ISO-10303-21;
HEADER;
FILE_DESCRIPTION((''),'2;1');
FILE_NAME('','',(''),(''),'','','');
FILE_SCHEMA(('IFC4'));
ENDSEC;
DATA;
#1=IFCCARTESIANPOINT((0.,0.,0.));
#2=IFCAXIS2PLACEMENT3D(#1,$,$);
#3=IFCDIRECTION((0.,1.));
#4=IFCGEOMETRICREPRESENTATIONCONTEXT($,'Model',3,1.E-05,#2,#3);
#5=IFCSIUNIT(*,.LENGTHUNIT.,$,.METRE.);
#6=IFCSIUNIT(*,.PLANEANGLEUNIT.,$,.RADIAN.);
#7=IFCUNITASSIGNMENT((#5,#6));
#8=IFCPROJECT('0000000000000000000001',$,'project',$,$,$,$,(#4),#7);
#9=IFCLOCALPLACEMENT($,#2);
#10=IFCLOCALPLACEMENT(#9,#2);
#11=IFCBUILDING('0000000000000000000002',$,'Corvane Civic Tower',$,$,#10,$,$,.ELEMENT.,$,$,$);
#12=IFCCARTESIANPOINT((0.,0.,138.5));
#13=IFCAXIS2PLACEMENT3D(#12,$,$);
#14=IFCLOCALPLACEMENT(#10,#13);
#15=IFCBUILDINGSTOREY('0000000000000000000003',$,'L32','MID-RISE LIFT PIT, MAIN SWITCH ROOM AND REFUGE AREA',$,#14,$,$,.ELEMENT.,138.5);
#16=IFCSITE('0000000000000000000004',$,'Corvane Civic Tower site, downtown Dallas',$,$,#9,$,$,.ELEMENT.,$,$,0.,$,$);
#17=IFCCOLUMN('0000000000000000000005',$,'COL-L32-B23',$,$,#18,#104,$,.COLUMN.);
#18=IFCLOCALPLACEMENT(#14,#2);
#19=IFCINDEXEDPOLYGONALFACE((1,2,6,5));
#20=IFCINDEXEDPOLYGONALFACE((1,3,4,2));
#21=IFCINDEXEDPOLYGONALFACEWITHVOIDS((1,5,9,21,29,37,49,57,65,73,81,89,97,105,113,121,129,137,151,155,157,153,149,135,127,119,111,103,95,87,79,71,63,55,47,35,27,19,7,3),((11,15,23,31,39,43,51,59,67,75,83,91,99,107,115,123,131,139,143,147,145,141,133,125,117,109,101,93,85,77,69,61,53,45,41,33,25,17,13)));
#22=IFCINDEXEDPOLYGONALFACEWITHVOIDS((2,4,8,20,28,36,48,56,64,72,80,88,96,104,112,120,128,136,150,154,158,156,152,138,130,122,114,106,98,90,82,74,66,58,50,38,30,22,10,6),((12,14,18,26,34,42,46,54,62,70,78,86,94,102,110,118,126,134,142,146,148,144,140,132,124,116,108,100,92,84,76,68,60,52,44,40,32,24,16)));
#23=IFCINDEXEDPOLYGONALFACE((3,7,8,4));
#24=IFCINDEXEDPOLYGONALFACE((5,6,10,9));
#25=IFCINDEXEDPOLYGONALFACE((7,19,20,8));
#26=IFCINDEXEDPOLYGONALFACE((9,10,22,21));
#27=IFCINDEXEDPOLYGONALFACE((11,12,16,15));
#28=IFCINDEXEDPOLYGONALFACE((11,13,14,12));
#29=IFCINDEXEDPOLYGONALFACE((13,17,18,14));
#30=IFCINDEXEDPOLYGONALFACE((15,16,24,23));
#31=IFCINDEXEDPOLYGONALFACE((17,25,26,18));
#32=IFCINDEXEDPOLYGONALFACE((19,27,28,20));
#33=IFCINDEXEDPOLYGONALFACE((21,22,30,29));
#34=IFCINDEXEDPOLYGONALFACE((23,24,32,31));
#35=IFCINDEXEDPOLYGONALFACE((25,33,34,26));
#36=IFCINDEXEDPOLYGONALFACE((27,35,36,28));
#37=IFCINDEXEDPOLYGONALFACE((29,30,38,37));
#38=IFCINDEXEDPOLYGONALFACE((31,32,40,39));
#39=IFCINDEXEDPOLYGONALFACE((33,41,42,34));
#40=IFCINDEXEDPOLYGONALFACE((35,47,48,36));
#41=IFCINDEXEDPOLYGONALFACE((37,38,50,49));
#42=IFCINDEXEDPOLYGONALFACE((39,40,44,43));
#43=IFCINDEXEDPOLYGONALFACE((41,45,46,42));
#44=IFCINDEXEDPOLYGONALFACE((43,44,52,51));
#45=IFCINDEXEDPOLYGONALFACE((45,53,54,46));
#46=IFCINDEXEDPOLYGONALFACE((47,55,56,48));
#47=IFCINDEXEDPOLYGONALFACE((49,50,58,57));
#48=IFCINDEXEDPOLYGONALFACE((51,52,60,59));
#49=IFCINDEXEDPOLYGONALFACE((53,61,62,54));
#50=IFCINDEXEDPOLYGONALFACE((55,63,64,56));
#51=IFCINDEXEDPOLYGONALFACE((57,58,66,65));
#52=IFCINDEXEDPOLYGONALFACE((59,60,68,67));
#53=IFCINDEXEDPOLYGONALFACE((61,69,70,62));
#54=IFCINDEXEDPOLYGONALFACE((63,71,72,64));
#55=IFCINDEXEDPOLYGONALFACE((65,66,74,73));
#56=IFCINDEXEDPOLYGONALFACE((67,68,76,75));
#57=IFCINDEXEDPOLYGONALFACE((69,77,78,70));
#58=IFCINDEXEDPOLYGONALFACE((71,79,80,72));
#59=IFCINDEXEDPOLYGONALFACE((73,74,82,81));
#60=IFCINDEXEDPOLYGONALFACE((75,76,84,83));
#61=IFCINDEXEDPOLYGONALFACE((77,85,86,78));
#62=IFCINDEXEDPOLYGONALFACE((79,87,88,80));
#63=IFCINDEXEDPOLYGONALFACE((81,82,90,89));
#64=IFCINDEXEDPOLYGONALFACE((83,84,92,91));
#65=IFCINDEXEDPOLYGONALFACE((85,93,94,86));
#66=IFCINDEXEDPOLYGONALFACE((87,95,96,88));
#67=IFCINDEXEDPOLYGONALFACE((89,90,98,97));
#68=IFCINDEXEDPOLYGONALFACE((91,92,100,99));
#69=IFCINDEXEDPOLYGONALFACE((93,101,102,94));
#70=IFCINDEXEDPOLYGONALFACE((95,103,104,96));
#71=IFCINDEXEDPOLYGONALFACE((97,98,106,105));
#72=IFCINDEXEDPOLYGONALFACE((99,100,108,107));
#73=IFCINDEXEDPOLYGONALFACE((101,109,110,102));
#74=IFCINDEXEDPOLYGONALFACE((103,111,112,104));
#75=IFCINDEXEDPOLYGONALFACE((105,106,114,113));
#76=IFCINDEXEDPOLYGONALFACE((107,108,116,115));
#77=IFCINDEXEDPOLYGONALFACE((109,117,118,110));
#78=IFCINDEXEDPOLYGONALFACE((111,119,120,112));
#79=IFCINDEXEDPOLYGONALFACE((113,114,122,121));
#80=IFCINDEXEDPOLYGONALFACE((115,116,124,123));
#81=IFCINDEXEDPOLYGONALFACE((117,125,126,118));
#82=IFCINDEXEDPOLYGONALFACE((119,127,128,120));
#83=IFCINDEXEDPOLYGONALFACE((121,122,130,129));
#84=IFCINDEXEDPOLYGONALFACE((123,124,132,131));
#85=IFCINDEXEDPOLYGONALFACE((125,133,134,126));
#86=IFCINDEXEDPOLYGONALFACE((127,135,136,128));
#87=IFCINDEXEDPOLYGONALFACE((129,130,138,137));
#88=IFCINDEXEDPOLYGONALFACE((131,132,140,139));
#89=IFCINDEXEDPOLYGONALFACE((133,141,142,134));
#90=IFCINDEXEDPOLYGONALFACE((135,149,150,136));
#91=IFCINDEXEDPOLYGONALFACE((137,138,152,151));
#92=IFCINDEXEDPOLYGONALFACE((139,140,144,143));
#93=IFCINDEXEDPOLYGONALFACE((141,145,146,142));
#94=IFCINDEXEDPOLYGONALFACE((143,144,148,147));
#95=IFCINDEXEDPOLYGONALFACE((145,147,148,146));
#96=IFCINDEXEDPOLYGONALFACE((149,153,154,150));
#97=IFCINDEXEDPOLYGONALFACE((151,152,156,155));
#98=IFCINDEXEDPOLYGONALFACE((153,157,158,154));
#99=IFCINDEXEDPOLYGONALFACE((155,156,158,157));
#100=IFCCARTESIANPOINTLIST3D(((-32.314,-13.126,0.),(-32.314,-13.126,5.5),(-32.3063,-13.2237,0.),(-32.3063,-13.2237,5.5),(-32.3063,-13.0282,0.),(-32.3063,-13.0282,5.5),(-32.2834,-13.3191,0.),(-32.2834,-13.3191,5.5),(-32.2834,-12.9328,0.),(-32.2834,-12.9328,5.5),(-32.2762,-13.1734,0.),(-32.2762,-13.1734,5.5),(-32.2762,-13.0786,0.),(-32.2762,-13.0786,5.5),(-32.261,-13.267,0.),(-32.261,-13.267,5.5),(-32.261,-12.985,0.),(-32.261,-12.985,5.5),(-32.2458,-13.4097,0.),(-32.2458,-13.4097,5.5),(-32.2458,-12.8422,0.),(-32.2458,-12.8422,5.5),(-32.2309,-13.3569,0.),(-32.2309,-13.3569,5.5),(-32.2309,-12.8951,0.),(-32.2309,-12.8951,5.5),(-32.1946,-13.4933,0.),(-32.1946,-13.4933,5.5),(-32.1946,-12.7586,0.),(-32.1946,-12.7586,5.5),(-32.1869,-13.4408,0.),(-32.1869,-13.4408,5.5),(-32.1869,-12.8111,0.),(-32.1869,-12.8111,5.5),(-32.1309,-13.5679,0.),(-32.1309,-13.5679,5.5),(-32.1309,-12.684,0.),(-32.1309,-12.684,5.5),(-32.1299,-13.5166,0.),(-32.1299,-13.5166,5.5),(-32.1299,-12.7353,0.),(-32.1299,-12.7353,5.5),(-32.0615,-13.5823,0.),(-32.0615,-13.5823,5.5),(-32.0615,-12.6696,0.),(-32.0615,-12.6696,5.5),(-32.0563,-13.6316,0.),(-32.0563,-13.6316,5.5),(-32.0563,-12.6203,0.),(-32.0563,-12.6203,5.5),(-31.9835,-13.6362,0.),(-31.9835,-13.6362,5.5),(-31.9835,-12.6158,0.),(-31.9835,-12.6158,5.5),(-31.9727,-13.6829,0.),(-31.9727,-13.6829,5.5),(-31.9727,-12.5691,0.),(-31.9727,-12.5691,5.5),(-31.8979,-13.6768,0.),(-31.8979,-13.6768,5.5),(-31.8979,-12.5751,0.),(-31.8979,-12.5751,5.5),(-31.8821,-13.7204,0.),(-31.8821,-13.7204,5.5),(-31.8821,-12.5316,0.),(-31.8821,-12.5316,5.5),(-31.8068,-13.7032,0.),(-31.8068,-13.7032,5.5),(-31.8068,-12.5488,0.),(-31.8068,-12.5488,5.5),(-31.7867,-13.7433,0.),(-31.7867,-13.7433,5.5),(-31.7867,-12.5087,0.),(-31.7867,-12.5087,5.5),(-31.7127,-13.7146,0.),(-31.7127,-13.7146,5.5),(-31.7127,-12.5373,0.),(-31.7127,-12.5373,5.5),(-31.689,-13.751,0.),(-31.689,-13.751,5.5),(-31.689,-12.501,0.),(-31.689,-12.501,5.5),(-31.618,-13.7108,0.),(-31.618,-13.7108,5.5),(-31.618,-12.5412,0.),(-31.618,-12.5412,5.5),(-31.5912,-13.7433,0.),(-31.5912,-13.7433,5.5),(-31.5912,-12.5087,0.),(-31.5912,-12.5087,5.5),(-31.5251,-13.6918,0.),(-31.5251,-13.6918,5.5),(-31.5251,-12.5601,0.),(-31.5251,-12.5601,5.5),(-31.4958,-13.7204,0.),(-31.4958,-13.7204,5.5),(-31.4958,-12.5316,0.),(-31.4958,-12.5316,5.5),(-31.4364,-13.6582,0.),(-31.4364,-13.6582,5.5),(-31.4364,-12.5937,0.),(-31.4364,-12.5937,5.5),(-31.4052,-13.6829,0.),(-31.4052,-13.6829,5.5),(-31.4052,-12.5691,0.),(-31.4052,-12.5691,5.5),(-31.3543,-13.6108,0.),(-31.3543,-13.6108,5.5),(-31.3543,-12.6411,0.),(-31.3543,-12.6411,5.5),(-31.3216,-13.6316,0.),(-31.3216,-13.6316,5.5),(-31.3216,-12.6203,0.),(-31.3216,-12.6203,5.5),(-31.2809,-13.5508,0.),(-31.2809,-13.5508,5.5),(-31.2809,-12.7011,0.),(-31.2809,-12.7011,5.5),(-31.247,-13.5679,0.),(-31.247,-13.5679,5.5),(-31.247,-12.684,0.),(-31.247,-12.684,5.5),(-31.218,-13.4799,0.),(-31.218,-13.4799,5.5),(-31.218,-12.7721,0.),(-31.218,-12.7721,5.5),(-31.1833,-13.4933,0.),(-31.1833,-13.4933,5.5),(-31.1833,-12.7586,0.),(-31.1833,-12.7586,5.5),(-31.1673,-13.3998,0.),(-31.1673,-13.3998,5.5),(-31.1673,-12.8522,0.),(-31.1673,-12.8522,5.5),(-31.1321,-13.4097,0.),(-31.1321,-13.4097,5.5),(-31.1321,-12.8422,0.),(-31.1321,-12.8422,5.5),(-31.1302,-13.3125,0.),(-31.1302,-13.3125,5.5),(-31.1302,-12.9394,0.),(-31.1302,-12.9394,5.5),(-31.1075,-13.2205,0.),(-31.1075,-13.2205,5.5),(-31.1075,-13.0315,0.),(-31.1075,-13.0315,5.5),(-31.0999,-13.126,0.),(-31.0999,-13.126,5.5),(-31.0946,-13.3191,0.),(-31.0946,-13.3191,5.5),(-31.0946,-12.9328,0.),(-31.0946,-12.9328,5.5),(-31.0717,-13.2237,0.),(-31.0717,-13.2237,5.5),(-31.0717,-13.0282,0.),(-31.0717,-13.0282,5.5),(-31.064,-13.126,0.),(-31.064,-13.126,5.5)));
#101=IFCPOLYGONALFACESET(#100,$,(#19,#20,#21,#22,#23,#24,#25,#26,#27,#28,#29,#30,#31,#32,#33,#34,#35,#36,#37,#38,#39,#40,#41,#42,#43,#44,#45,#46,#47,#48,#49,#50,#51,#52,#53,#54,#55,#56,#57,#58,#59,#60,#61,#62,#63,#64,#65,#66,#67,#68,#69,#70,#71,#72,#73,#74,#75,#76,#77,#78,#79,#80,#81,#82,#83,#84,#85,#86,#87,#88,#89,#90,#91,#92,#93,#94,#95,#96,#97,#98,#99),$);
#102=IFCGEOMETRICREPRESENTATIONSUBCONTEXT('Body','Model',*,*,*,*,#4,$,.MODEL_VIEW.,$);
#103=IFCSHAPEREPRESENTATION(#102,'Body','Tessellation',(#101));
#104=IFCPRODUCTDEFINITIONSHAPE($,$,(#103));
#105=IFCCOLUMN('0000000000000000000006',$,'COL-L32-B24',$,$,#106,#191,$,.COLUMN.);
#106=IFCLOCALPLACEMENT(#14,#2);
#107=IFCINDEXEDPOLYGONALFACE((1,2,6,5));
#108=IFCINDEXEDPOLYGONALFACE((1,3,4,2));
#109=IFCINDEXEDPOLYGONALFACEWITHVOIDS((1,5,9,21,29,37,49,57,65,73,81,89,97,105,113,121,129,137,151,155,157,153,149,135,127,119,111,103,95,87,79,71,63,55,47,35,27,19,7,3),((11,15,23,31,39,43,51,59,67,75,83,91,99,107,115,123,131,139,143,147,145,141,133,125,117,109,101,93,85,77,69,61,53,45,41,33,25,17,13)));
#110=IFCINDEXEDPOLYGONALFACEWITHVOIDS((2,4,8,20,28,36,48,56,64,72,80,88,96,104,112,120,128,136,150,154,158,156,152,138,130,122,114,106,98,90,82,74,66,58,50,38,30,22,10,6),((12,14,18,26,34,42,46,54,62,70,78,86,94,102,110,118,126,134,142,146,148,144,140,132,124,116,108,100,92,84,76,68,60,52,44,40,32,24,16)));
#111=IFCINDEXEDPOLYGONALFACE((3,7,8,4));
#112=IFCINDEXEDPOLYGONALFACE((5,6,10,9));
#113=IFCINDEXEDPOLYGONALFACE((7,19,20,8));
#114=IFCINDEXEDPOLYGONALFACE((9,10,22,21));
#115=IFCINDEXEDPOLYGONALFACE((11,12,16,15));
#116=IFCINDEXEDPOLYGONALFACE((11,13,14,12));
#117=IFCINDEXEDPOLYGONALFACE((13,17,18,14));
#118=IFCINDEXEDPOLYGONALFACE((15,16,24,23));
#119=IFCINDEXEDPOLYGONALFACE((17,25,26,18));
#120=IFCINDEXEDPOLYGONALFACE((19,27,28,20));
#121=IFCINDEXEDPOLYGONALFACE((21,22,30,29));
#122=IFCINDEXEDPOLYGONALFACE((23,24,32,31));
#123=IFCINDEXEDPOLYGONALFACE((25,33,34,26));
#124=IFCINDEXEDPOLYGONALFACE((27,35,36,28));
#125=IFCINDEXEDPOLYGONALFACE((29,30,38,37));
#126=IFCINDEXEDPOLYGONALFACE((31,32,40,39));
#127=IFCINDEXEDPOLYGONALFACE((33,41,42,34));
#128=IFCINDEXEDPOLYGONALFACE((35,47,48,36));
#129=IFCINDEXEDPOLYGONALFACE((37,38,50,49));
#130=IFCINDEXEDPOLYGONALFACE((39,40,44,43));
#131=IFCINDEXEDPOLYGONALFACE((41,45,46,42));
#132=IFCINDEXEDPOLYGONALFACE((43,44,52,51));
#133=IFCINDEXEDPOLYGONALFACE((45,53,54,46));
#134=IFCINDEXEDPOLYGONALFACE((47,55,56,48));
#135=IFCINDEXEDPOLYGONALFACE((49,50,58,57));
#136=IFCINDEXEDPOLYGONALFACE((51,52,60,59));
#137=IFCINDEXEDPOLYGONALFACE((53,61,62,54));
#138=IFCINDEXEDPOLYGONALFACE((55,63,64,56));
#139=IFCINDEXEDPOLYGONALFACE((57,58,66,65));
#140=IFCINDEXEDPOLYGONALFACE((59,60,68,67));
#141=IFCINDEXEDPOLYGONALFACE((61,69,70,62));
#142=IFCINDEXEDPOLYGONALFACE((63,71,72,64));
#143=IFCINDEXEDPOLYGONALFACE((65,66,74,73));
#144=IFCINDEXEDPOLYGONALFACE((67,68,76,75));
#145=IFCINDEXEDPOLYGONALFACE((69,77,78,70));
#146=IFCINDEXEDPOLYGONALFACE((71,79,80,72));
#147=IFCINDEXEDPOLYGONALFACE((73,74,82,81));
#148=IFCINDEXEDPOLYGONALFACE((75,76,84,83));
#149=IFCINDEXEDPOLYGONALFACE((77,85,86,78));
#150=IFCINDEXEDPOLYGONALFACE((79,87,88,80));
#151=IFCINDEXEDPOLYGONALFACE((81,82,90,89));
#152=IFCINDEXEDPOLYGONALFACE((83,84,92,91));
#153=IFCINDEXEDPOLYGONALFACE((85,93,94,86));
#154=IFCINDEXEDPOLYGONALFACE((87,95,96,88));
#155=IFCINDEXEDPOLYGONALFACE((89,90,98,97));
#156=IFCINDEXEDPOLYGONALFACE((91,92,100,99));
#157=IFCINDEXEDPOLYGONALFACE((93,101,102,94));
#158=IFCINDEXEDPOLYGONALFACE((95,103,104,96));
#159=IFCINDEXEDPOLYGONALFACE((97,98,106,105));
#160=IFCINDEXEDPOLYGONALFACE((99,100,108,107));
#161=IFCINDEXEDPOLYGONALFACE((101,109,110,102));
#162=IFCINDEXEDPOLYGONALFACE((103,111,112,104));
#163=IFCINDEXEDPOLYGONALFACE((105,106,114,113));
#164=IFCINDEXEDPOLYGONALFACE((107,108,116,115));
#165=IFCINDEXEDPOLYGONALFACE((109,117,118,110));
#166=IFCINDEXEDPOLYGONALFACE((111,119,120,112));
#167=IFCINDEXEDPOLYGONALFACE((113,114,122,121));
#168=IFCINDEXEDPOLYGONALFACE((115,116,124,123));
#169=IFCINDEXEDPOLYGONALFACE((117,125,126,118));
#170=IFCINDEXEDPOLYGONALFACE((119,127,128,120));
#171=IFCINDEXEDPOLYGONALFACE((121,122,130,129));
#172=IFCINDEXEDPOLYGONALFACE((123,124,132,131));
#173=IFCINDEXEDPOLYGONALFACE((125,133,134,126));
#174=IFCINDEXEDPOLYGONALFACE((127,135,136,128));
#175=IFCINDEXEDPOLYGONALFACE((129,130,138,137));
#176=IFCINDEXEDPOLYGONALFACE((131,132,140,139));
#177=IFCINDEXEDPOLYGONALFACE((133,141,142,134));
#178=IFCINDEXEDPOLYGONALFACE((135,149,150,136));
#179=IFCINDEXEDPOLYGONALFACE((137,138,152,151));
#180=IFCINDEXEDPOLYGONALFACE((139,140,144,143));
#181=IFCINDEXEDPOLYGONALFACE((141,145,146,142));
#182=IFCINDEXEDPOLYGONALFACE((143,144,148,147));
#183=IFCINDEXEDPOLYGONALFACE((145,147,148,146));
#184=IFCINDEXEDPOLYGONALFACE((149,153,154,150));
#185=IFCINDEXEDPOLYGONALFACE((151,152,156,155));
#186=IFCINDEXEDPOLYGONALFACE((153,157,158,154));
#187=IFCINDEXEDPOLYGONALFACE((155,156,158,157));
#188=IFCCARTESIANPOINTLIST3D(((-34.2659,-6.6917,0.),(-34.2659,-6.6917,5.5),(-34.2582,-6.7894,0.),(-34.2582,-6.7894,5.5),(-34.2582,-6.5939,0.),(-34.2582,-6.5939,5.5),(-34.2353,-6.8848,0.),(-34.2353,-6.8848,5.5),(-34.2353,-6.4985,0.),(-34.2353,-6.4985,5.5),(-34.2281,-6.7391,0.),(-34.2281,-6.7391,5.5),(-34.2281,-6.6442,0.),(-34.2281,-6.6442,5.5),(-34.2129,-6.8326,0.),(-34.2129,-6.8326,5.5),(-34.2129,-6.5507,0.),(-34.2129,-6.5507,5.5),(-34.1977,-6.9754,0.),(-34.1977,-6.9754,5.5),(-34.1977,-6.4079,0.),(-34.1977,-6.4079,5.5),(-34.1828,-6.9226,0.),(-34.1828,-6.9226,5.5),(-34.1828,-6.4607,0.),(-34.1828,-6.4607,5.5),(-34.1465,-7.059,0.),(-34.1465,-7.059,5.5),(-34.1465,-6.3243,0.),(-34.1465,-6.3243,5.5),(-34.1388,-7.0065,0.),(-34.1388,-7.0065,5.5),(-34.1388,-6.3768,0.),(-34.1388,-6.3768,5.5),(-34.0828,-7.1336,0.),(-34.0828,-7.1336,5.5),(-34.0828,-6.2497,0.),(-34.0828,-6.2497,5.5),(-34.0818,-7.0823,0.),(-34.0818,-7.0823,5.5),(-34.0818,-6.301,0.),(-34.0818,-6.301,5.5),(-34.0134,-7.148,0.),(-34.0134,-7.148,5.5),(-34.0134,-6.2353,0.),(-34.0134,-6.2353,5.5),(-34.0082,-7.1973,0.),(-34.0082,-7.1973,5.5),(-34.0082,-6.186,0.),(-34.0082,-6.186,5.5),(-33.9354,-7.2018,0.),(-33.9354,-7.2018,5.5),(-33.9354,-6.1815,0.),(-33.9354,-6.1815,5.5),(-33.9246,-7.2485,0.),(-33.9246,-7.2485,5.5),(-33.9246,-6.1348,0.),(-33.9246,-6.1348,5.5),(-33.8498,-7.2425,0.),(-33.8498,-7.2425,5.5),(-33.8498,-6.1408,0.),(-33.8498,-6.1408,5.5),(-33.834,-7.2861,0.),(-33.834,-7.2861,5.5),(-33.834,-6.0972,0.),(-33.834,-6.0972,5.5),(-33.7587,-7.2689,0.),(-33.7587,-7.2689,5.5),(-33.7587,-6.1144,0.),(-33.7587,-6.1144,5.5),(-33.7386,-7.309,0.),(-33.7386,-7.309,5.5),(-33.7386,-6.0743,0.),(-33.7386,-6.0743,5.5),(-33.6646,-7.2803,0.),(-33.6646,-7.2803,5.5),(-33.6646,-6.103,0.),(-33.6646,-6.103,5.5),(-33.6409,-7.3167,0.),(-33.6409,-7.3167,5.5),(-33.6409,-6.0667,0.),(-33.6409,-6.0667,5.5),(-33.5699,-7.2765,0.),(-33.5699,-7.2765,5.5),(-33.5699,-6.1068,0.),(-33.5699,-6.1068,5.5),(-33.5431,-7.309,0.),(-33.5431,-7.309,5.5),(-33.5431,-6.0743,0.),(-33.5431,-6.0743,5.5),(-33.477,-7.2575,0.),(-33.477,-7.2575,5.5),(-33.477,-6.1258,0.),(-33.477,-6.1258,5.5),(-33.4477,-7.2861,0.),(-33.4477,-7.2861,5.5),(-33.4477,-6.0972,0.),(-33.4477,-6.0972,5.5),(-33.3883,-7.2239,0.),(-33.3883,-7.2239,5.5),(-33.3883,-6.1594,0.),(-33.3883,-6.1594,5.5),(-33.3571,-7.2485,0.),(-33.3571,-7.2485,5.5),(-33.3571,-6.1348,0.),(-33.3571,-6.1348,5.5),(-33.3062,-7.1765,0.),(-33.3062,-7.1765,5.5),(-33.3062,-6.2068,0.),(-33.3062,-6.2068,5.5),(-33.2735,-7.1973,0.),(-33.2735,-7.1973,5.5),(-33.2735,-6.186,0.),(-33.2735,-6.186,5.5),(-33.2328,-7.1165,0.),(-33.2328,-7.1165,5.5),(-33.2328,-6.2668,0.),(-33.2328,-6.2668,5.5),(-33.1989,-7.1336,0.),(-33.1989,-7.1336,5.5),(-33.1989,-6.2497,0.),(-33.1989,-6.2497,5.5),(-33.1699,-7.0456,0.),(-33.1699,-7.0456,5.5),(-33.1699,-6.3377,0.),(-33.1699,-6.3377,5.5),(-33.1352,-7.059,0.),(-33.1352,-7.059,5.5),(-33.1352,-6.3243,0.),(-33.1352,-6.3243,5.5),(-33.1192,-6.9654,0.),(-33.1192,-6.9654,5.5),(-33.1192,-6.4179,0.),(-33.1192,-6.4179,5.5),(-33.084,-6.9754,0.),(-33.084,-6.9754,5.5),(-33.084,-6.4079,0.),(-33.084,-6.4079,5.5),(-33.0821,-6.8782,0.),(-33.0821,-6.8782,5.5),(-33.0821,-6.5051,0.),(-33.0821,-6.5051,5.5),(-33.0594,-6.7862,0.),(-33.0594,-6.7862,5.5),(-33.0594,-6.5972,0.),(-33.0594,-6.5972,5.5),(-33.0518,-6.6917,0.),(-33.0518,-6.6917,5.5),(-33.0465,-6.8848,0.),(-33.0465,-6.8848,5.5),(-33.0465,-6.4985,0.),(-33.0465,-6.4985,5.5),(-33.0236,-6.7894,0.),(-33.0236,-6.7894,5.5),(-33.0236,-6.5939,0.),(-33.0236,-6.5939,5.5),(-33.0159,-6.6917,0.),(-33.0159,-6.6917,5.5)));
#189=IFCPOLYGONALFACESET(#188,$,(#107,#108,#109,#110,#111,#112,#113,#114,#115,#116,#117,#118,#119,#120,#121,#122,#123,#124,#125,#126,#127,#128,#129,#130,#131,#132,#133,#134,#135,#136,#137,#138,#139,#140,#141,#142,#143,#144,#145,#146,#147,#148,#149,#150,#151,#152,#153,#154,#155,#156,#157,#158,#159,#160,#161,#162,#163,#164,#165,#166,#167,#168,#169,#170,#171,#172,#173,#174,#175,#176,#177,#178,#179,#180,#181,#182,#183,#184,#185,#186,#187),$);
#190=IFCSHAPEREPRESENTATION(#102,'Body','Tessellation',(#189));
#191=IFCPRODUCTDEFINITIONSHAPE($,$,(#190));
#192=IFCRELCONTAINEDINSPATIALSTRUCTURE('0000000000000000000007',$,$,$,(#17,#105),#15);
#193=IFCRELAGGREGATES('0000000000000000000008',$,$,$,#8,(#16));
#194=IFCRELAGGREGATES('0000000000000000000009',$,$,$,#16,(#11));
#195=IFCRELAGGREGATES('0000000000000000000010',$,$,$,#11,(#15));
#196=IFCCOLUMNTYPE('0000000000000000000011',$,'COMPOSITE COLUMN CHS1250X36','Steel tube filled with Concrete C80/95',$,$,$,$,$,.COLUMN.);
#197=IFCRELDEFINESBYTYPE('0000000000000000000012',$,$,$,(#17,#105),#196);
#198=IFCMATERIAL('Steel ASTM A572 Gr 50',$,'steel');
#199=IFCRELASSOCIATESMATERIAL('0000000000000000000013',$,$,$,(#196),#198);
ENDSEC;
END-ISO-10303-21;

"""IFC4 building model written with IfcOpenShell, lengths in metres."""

from ifc_helpers import new_model, si_unit, direction, frame, origin, origin_2d, place, context, subcontext, project, spatial, hollow_circle, extrude, material, material_profile, profile_set, type_object, element, save


model = new_model("IFC4")

# Units and contexts
model_context = context("Model", 3, precision=1e-05, world=origin(), true_north=direction((0.0, 1.0)))
body_context = subcontext(model_context, "Body", "Model", "MODEL_VIEW")
ifc_project = project(units=[si_unit("LENGTHUNIT", "METRE"), si_unit("PLANEANGLEUNIT", "RADIAN")], contexts=[model_context])

# Site, building, storey
site_placement = place(None, origin())
site = spatial("IfcSite", under=ifc_project, at=site_placement, Name="Corvane Civic Tower site, downtown Dallas", CompositionType="ELEMENT", RefElevation=0.0)
building_placement = place(site_placement, origin())
building = spatial("IfcBuilding", under=site, at=building_placement, Name="Corvane Civic Tower", CompositionType="ELEMENT")
storey_placement = place(building_placement, frame((0.0, 0.0, 138.5)))
storey = spatial("IfcBuildingStorey", under=building, at=storey_placement, Name="L32", Description="MID-RISE LIFT PIT, MAIN SWITCH ROOM AND REFUGE AREA", CompositionType="ELEMENT", Elevation=138.5)

# Columns
ifc_material_1 = material(Name="Steel ASTM A572 Gr 50", Category="steel")
ifc_material_profile_1 = material_profile(ifc_material_1, hollow_circle(Radius=0.625, WallThickness=0.0359, at=origin_2d()), Name="CHS1250X36")
ifc_profile_set_1 = profile_set([ifc_material_profile_1], Name="Steel ASTM A572 Gr 50")
column_type_1 = type_object("IfcColumnType", Name="COMPOSITE COLUMN CHS1250X36", Description="Steel tube filled with Concrete C80/95", PredefinedType="COLUMN", material=ifc_profile_set_1)
for number, where, z_axis, x_axis, name in (
    (1, (-31.689, -13.126, 0.0), (0.0, 0.0, 1.0), (1.0, 0.0, 0.0), "COL-L32-B23"),
    (2, (-33.6409, -6.6917, 0.0), (0.0, 0.0, 1.0), (1.0, 0.0, 0.0), "COL-L32-B24"),
):
    element("IfcColumn", number, at=place(storey_placement, frame(where, z_axis=z_axis, x_axis=x_axis)), inside=storey, type_object=column_type_1, Name=name, PredefinedType="COLUMN", context=body_context, shape_type="SweptSolid", body=[
        extrude(hollow_circle(Radius=0.625, WallThickness=0.0359, at=origin_2d()), origin(), (0.0, 0.0, 1.0), 5.5),
    ])

save(model, "model.ifc")
